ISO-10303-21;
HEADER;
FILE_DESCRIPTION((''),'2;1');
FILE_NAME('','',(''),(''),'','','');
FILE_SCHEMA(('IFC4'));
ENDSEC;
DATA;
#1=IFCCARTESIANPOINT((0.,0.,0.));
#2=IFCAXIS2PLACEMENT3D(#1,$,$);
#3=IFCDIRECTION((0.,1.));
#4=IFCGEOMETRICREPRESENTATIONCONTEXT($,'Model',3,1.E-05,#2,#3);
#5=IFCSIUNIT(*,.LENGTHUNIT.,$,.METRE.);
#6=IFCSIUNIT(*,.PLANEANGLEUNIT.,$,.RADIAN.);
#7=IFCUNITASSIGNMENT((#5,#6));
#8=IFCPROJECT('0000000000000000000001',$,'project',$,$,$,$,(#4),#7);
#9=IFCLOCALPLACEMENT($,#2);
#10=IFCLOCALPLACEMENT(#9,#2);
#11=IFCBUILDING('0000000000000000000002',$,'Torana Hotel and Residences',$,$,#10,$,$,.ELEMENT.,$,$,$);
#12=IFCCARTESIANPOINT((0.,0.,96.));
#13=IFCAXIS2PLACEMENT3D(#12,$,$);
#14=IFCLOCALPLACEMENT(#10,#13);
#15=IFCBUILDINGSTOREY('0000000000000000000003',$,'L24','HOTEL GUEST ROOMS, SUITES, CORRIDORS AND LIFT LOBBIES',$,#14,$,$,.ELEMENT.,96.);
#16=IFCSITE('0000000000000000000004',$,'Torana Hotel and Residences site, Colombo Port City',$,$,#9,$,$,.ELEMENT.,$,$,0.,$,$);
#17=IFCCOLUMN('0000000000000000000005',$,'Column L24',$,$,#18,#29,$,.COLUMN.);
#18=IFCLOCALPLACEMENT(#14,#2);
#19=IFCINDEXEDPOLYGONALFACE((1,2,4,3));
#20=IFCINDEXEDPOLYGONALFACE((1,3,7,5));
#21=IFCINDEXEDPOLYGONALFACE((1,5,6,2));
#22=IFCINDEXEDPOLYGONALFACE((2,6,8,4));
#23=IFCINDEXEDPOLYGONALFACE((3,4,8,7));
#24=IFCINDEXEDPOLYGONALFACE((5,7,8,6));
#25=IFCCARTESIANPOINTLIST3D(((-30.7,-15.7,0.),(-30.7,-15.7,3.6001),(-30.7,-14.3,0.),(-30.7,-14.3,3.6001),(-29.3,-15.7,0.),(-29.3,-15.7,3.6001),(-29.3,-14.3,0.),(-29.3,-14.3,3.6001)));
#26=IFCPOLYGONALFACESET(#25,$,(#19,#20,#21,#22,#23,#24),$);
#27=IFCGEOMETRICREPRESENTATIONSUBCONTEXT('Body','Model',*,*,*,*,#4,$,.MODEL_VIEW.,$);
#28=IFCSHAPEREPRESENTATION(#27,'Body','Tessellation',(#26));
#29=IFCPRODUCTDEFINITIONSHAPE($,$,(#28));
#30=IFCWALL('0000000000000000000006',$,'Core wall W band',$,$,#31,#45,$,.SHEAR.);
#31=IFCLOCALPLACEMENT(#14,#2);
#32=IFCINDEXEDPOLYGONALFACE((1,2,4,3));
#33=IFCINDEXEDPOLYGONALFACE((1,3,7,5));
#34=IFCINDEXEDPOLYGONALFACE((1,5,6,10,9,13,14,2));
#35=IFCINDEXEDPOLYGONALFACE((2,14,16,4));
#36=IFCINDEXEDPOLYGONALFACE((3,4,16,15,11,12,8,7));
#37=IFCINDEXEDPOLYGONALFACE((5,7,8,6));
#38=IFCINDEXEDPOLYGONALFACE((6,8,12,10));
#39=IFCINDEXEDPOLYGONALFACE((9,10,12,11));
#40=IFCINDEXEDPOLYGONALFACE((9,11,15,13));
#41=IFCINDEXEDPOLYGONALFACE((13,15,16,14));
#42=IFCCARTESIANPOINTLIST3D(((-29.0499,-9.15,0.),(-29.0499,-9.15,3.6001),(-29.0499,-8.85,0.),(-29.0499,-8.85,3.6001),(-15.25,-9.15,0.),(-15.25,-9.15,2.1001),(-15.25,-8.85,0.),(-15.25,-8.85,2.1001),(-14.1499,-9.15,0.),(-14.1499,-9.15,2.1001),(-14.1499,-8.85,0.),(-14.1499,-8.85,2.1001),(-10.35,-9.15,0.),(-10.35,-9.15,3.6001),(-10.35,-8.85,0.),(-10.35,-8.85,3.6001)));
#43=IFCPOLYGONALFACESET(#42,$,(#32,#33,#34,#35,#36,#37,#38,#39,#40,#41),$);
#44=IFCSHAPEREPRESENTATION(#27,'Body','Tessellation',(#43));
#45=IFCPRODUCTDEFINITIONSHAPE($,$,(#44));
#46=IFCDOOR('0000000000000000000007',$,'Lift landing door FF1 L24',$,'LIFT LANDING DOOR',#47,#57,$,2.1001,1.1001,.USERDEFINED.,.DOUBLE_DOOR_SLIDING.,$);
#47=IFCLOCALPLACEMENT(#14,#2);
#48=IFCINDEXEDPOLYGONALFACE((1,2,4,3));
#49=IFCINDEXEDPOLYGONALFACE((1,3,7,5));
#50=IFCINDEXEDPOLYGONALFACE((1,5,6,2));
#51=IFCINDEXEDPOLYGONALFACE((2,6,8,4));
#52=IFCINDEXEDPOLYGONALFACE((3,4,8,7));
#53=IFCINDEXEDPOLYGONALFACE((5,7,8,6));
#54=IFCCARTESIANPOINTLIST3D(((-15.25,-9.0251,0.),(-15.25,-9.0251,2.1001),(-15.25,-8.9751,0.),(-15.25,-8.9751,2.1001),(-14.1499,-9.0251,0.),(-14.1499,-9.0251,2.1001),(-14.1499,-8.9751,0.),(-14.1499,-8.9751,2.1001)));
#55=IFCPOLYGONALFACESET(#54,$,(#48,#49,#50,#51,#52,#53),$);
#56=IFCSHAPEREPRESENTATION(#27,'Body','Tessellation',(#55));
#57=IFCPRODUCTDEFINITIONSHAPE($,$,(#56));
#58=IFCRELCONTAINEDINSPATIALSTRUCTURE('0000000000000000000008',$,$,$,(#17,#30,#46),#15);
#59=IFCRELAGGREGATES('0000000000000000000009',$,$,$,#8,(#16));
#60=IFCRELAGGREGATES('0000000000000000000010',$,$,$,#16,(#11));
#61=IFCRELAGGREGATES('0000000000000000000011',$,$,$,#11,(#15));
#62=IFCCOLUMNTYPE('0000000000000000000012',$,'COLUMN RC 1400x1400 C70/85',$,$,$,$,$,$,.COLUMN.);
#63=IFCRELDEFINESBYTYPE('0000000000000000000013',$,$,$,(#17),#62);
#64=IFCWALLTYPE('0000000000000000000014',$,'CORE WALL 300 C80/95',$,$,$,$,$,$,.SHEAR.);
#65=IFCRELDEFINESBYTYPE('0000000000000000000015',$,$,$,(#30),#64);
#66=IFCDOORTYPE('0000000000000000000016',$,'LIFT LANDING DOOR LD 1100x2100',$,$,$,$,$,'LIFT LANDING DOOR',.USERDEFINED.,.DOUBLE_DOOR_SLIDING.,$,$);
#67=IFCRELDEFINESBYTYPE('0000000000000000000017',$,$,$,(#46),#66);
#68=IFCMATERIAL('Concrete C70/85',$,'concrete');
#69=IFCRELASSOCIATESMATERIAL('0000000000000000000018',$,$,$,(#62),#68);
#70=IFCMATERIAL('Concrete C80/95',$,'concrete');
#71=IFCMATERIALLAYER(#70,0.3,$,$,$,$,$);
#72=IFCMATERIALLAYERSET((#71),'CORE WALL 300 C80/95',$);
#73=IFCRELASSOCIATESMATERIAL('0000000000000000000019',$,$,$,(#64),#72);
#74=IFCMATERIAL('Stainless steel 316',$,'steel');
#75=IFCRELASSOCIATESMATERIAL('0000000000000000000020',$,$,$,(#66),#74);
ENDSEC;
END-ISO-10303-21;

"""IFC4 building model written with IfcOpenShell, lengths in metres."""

from ifc_helpers import new_model, si_unit, direction, frame, frame_2d, origin, origin_2d, place, context, subcontext, project, spatial, rectangle, extrude, material, layer, layer_set, material_profile, profile_set, type_object, element, fill, save


model = new_model("IFC4")

# Units and contexts
model_context = context("Model", 3, precision=1e-05, world=origin(), true_north=direction((0.0, 1.0)))
body_context = subcontext(model_context, "Body", "Model", "MODEL_VIEW")
ifc_project = project(units=[si_unit("LENGTHUNIT", "METRE"), si_unit("PLANEANGLEUNIT", "RADIAN")], contexts=[model_context])

# Site, building, storey
site_placement = place(None, origin())
site = spatial("IfcSite", under=ifc_project, at=site_placement, Name="Torana Hotel and Residences site, Colombo Port City", CompositionType="ELEMENT", RefElevation=0.0)
building_placement = place(site_placement, origin())
building = spatial("IfcBuilding", under=site, at=building_placement, Name="Torana Hotel and Residences", CompositionType="ELEMENT")
storey_placement = place(building_placement, frame((0.0, 0.0, 96.0)))
storey = spatial("IfcBuildingStorey", under=building, at=storey_placement, Name="L24", Description="HOTEL GUEST ROOMS, SUITES, CORRIDORS AND LIFT LOBBIES", CompositionType="ELEMENT", Elevation=96.0)

# Column
ifc_material_1 = material(Name="Concrete C70/85", Category="concrete")
ifc_material_profile = material_profile(ifc_material_1, rectangle(XDim=1.3999, YDim=1.3999, at=origin_2d()), Name="RC 1400x1400")
ifc_profile_set = profile_set([ifc_material_profile], Name="Concrete C70/85")
column_type = type_object("IfcColumnType", Name="COLUMN RC 1400x1400 C70/85", PredefinedType="COLUMN", material=ifc_profile_set)
column_placement = place(storey_placement, frame((-30.0, -15.0, 0.0), z_axis=(0.0, 0.0, 1.0), x_axis=(1.0, 0.0, 0.0)))
element("IfcColumn", 1, at=column_placement, inside=storey, type_object=column_type, Name="Column L24", PredefinedType="COLUMN", context=body_context, shape_type="SweptSolid", body=[
    extrude(rectangle(XDim=1.3999, YDim=1.3999, at=origin_2d()), origin(), (0.0, 0.0, 1.0), 3.6001),
])

# Wall, opening, door
ifc_material_2 = material(Name="Concrete C80/95", Category="concrete")
ifc_layer_1 = layer(ifc_material_2, 0.3)
ifc_layer_set_1 = layer_set([ifc_layer_1], Name="CORE WALL 300 C80/95")
wall_type_1 = type_object("IfcWallType", Name="CORE WALL 300 C80/95", PredefinedType="SHEAR", material=ifc_layer_set_1)
wall_1_placement = place(storey_placement, frame((-29.05, -9.0, 0.0), z_axis=(0.0, 0.0, 1.0), x_axis=(1.0, 0.0, 0.0)))
wall_1 = element("IfcWall", 2, at=wall_1_placement, inside=storey, type_object=wall_type_1, Name="Core wall W band", PredefinedType="SHEAR", context=body_context, shape_type="SweptSolid", body=[
    extrude(rectangle(XDim=18.7, YDim=0.3, at=frame_2d((9.3501, 0.0))), origin(), (0.0, 0.0, 1.0), 3.6001),
])
opening_1_placement = place(wall_1_placement, frame((13.8, 0.0, 0.0)))
opening_1 = element("IfcOpeningElement", 3, at=opening_1_placement, cuts=wall_1, PredefinedType="OPENING", context=body_context, shape_type="SweptSolid", body=[
    extrude(rectangle(XDim=1.1001, YDim=2.1001, at=frame_2d((0.55, 1.05))), frame((0.0, 0.1599, 0.0), z_axis=(0.0, -1.0, 0.0), x_axis=(1.0, 0.0, 0.0)), (0.0, 0.0, 1.0), 0.3201),
])
ifc_material_3 = material(Name="Stainless steel 316", Category="steel")
door_type_1 = type_object("IfcDoorType", Name="LIFT LANDING DOOR LD 1100x2100", ElementType="LIFT LANDING DOOR", OperationType="DOUBLE_DOOR_SLIDING", PredefinedType="USERDEFINED", material=ifc_material_3)
door_1_placement = place(opening_1_placement, origin())
door_1 = element("IfcDoor", 4, at=door_1_placement, inside=storey, type_object=door_type_1, Name="Lift landing door FF1 L24", ObjectType="LIFT LANDING DOOR", OperationType="DOUBLE_DOOR_SLIDING", OverallHeight=2.1001, OverallWidth=1.1001, PredefinedType="USERDEFINED", context=body_context, shape_type="SweptSolid", body=[
    extrude(rectangle(XDim=1.1001, YDim=2.1001, at=frame_2d((0.55, 1.05))), frame((0.0, 0.0249, 0.0), z_axis=(0.0, -1.0, 0.0), x_axis=(1.0, 0.0, 0.0)), (0.0, 0.0, 1.0), 0.05),
])
fill(opening_1, door_1)

save(model, "model.ifc")
